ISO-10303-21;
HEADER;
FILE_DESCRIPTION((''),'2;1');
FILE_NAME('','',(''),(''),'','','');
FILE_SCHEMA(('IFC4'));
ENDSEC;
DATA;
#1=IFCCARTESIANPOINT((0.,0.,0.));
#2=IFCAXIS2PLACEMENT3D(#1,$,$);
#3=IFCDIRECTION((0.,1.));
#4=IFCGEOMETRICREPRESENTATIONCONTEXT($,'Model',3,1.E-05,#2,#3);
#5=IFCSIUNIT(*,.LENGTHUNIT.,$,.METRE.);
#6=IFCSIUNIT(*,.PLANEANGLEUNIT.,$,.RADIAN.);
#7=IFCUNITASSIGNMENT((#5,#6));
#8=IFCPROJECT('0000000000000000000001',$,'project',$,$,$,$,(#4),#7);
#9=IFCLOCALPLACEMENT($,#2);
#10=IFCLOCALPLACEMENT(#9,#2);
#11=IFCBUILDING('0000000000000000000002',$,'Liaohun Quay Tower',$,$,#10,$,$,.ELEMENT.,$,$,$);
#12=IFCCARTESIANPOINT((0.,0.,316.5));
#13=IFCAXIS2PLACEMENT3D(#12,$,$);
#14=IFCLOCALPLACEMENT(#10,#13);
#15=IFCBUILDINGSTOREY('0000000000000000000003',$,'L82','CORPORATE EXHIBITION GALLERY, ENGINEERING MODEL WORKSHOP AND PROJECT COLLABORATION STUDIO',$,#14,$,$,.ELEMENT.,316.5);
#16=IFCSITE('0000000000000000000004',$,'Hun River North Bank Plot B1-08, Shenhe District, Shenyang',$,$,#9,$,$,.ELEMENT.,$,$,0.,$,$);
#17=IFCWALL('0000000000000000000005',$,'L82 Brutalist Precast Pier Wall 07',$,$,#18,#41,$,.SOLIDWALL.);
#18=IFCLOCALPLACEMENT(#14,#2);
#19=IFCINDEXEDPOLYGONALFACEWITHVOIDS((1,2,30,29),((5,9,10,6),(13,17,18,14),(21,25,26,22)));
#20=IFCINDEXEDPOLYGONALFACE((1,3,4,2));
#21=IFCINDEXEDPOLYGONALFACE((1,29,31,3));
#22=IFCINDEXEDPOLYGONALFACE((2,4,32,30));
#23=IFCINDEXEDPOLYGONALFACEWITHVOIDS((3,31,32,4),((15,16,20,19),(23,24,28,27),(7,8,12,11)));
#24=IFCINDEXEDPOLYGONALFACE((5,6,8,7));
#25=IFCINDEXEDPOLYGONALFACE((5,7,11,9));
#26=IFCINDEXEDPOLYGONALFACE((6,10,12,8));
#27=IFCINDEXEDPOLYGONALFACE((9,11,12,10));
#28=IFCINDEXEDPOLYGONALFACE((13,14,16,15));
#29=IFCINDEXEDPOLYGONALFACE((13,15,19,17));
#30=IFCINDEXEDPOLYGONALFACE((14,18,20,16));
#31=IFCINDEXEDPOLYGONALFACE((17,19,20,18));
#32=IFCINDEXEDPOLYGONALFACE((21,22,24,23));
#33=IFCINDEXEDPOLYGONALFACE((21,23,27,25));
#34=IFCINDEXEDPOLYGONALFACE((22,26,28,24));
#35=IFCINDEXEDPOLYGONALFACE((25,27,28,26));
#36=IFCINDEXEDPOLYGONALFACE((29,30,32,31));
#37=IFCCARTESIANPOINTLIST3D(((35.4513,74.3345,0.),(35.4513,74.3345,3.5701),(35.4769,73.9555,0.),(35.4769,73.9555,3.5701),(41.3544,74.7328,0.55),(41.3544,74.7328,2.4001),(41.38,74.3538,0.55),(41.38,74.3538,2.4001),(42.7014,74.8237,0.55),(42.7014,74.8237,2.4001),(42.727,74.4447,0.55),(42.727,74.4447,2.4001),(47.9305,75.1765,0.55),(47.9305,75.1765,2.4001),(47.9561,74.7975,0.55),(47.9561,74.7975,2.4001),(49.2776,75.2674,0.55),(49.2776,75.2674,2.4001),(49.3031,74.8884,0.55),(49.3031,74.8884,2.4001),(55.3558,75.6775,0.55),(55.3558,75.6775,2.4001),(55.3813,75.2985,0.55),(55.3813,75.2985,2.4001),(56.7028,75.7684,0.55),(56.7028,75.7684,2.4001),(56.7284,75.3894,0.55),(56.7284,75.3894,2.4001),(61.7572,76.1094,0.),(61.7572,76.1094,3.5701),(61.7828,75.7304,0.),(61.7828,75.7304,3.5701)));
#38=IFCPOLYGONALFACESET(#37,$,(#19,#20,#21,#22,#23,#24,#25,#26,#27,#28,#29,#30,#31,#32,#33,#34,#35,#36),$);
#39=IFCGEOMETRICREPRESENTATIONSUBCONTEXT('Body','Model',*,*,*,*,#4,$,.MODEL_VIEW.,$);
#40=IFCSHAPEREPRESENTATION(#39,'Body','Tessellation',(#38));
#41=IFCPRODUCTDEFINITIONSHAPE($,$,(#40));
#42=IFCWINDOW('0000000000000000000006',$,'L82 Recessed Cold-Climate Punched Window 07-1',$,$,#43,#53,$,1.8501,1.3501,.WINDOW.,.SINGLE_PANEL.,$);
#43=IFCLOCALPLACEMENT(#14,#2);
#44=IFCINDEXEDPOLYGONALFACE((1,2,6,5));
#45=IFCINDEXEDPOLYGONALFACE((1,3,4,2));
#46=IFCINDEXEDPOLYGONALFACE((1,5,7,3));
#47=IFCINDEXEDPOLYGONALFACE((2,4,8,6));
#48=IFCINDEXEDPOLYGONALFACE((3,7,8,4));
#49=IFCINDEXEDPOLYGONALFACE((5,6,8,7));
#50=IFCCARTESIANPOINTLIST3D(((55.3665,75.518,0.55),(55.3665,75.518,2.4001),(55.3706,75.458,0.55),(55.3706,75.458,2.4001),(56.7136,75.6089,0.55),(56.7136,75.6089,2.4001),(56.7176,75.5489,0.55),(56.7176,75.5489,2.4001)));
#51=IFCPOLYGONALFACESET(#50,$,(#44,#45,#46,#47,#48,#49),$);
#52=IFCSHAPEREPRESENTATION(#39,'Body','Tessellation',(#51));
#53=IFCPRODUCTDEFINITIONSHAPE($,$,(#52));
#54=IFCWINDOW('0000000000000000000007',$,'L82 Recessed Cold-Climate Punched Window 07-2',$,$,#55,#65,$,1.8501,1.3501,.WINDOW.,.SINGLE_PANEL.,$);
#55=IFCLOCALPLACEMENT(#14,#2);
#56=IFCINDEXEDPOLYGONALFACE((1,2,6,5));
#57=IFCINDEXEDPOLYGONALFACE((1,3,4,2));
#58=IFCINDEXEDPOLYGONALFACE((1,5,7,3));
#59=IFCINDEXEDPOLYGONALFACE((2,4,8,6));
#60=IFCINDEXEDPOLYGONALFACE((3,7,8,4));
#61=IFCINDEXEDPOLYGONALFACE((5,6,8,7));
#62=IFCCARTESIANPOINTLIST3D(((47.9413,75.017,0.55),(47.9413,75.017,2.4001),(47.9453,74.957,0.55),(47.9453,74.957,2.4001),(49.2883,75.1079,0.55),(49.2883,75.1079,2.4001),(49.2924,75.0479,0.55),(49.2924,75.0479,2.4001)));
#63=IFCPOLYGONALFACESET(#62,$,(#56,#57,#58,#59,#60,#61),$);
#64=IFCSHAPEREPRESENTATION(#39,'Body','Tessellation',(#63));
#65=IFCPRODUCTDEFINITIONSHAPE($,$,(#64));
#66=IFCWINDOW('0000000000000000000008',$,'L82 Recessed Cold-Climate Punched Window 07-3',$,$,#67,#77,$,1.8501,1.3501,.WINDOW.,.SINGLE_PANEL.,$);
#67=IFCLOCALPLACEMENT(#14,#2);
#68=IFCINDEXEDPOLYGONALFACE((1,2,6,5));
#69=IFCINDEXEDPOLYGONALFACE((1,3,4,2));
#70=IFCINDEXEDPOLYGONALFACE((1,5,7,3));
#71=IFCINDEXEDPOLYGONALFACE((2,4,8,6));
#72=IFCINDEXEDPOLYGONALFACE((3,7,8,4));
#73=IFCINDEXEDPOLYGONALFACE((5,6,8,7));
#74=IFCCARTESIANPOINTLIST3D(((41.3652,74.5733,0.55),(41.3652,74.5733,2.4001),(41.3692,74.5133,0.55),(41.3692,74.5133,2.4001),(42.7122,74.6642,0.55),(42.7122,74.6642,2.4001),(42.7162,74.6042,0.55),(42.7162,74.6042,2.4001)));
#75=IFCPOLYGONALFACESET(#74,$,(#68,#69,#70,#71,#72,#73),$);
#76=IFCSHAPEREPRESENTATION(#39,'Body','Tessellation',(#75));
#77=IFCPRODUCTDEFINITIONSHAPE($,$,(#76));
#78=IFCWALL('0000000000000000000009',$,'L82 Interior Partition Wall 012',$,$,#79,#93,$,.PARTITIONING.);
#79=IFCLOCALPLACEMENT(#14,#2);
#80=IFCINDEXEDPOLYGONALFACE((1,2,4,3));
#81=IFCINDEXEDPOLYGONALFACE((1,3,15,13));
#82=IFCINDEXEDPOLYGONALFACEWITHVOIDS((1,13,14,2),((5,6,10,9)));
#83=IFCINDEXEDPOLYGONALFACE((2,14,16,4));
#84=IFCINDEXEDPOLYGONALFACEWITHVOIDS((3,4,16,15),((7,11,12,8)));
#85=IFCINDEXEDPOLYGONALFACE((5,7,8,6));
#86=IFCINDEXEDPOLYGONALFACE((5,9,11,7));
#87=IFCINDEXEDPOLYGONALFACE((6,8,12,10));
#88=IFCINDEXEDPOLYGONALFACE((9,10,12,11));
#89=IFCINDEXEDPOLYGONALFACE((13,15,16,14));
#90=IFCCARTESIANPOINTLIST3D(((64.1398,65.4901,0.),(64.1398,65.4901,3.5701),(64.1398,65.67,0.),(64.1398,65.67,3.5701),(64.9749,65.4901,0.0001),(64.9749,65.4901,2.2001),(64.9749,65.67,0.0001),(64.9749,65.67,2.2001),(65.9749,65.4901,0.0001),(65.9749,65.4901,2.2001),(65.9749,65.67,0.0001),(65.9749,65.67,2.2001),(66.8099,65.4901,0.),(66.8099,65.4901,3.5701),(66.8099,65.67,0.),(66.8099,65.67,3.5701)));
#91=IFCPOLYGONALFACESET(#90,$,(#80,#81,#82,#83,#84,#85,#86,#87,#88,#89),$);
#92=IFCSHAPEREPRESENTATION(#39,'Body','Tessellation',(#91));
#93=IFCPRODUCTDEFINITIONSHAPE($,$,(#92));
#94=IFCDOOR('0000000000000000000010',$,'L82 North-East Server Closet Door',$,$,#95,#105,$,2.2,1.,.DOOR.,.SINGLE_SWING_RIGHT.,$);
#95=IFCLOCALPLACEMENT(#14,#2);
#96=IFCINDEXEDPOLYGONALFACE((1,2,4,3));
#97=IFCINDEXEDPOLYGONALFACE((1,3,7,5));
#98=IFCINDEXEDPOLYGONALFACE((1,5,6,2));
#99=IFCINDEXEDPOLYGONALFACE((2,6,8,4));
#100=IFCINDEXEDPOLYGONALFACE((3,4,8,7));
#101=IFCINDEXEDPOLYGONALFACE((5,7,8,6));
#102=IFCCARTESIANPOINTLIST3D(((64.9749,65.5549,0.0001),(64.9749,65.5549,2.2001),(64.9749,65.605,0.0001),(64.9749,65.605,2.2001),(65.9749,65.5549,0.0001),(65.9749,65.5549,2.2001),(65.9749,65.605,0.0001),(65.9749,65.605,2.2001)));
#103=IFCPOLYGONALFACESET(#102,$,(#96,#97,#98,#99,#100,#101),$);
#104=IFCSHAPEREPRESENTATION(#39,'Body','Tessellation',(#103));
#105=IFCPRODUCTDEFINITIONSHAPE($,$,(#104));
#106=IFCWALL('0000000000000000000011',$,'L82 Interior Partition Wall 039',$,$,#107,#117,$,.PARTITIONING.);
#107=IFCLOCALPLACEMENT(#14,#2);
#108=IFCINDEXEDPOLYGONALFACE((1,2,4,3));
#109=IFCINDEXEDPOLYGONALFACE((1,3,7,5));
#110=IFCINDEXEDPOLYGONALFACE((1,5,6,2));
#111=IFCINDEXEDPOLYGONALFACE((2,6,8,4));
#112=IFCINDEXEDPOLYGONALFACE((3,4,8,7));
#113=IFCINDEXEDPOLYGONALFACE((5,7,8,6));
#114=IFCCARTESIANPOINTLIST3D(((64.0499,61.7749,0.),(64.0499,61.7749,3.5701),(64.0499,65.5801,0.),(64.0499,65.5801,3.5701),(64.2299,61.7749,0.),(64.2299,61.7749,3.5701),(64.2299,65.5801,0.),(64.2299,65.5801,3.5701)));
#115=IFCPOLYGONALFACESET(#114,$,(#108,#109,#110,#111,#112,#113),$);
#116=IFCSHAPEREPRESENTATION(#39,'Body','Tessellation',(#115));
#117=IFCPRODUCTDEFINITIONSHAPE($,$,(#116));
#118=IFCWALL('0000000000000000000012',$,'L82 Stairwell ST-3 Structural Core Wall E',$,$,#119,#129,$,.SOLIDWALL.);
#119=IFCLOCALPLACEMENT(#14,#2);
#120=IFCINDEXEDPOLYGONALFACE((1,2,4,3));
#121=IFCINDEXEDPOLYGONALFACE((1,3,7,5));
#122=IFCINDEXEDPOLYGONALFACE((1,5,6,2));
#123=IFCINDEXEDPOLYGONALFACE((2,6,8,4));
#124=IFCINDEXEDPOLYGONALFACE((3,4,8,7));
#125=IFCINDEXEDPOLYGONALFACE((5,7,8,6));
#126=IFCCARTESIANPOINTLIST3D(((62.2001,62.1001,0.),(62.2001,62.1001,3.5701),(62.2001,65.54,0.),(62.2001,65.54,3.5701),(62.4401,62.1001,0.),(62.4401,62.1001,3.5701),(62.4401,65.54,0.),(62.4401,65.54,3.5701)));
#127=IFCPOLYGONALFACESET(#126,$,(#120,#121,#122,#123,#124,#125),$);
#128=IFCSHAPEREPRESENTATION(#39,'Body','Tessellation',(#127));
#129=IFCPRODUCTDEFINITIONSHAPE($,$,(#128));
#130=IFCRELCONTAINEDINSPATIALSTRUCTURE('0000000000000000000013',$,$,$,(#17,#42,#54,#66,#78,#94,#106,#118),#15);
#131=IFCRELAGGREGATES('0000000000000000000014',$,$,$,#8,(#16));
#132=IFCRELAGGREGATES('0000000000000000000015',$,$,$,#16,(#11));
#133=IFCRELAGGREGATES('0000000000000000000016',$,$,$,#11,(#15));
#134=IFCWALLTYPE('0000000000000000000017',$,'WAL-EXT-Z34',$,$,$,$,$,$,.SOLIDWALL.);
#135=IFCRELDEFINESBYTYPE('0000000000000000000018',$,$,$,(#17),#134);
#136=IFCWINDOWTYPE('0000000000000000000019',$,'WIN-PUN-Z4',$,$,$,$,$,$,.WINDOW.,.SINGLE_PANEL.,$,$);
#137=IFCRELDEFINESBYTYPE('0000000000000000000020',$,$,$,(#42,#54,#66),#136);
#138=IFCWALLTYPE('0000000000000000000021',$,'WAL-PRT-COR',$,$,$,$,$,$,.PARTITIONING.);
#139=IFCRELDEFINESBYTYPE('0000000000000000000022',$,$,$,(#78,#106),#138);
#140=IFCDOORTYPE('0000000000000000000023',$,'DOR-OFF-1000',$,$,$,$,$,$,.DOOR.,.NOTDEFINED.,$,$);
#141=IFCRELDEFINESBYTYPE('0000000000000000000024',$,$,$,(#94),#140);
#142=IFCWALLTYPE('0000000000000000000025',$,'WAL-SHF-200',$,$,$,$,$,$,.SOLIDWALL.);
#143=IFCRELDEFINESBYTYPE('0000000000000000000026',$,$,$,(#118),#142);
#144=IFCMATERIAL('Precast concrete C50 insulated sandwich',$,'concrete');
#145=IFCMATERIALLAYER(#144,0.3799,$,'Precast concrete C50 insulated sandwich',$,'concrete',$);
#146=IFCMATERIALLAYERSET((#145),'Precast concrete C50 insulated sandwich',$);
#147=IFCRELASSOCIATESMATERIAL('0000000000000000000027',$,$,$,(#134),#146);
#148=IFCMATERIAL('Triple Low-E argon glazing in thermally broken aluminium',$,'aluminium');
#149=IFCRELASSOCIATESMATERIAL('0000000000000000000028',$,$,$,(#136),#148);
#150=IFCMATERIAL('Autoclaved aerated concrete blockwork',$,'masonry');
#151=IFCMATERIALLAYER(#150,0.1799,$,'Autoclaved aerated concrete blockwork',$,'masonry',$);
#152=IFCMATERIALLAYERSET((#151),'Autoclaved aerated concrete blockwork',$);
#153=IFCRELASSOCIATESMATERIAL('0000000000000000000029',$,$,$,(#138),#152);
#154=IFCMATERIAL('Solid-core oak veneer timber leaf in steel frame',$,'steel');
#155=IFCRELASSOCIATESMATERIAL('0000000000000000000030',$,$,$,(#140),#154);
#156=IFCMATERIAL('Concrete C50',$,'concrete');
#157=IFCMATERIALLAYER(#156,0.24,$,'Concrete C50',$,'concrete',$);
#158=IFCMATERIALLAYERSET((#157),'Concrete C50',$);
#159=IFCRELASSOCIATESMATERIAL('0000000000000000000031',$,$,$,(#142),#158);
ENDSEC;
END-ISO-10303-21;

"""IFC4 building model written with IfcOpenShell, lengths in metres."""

from ifc_helpers import new_model, si_unit, direction, frame, frame_2d, origin, place, context, subcontext, project, spatial, rectangle, extrude, source, transform, mapped, material, layer, layer_set, type_object, element, fill, save


model = new_model("IFC4")

# Units and contexts
model_context = context("Model", 3, precision=1e-05, world=origin(), true_north=direction((0.0, 1.0)))
body_context = subcontext(model_context, "Body", "Model", "MODEL_VIEW")
ifc_project = project(units=[si_unit("LENGTHUNIT", "METRE"), si_unit("PLANEANGLEUNIT", "RADIAN")], contexts=[model_context])

# Site, building, storey
site_placement = place(None, origin())
site = spatial("IfcSite", under=ifc_project, at=site_placement, Name="Hun River North Bank Plot B1-08, Shenhe District, Shenyang", CompositionType="ELEMENT", RefElevation=0.0)
building_placement = place(site_placement, origin())
building = spatial("IfcBuilding", under=site, at=building_placement, Name="Liaohun Quay Tower", CompositionType="ELEMENT")
storey_placement = place(building_placement, frame((0.0, 0.0, 316.5)))
storey = spatial("IfcBuildingStorey", under=building, at=storey_placement, Name="L82", Description="CORPORATE EXHIBITION GALLERY, ENGINEERING MODEL WORKSHOP AND PROJECT COLLABORATION STUDIO", CompositionType="ELEMENT", Elevation=316.5)

# Shared definitions
ifc_material_1 = material(Name="Concrete C50", Category="concrete")

# Wall, openings, windows
ifc_material_2 = material(Name="Precast concrete C50 insulated sandwich", Category="concrete")
ifc_layer_1 = layer(ifc_material_2, 0.3799, Name="Precast concrete C50 insulated sandwich", Category="concrete")
ifc_layer_set_1 = layer_set([ifc_layer_1], Name="Precast concrete C50 insulated sandwich")
wall_type_1 = type_object("IfcWallType", Name="WAL-EXT-Z34", PredefinedType="SOLIDWALL", material=ifc_layer_set_1)
wall_1_placement = place(storey_placement, frame((61.77, 75.9199, 0.0), z_axis=(0.0, 0.0, 1.0), x_axis=(-0.997732, -0.067319, 0.0)))
wall_1 = element("IfcWall", 1, at=wall_1_placement, inside=storey, type_object=wall_type_1, Name="L82 Brutalist Precast Pier Wall 07", PredefinedType="SOLIDWALL", context=body_context, shape_type="SweptSolid", body=[
    extrude(rectangle(XDim=26.3657, YDim=0.3799, at=frame_2d((13.1829, 0.0))), origin(), (0.0, 0.0, 1.0), 3.5701),
])
shared_shape_1 = source(origin(), body_context, "Body", "SweptSolid", [
    extrude(rectangle(XDim=1.3501, YDim=1.8501, at=frame_2d((0.675, 0.925))), frame((0.0, 0.2, 0.0), z_axis=(0.0, -1.0, 0.0), x_axis=(1.0, 0.0, 0.0)), (0.0, 0.0, 1.0), 0.3999),
])
opening_1_placement = place(wall_1_placement, frame((5.0659, 0.0, 0.55)))
opening_1 = element("IfcOpeningElement", 2, at=opening_1_placement, cuts=wall_1, PredefinedType="OPENING", context=body_context, shape_type="MappedRepresentation", body=[
    mapped(shared_shape_1, transform((0.0, 0.0, 0.0), x_axis=(1.0, 0.0, 0.0), y_axis=(0.0, 1.0, 0.0), z_axis=(0.0, 0.0, 1.0), scale=1.0)),
])
opening_2_placement = place(wall_1_placement, frame((12.5081, 0.0, 0.55)))
opening_2 = element("IfcOpeningElement", 3, at=opening_2_placement, cuts=wall_1, PredefinedType="OPENING", context=body_context, shape_type="MappedRepresentation", body=[
    mapped(shared_shape_1, transform((0.0, 0.0, 0.0), x_axis=(1.0, 0.0, 0.0), y_axis=(0.0, 1.0, 0.0), z_axis=(0.0, 0.0, 1.0), scale=1.0)),
])
opening_3_placement = place(wall_1_placement, frame((19.0991, 0.0, 0.55)))
opening_3 = element("IfcOpeningElement", 4, at=opening_3_placement, cuts=wall_1, PredefinedType="OPENING", context=body_context, shape_type="MappedRepresentation", body=[
    mapped(shared_shape_1, transform((0.0, 0.0, 0.0), x_axis=(1.0, 0.0, 0.0), y_axis=(0.0, 1.0, 0.0), z_axis=(0.0, 0.0, 1.0), scale=1.0)),
])
ifc_material_3 = material(Name="Triple Low-E argon glazing in thermally broken aluminium", Category="aluminium")
window_type = type_object("IfcWindowType", Name="WIN-PUN-Z4", PartitioningType="SINGLE_PANEL", PredefinedType="WINDOW", material=ifc_material_3)
shared_shape_2 = source(origin(), body_context, "Body", "SweptSolid", [
    extrude(rectangle(XDim=1.3501, YDim=1.8501, at=frame_2d((0.675, 0.925))), frame((0.0, 0.03, 0.0), z_axis=(0.0, -1.0, 0.0), x_axis=(1.0, 0.0, 0.0)), (0.0, 0.0, 1.0), 0.0601),
])
window_1_placement = place(opening_1_placement, origin())
window_1 = element("IfcWindow", 5, at=window_1_placement, inside=storey, type_object=window_type, Name="L82 Recessed Cold-Climate Punched Window 07-1", OverallHeight=1.8501, OverallWidth=1.3501, PartitioningType="SINGLE_PANEL", PredefinedType="WINDOW", context=body_context, shape_type="MappedRepresentation", body=[
    mapped(shared_shape_2, transform((0.0, 0.0, 0.0), x_axis=(1.0, 0.0, 0.0), y_axis=(0.0, 1.0, 0.0), z_axis=(0.0, 0.0, 1.0), scale=1.0)),
])
fill(opening_1, window_1)
window_2_placement = place(opening_2_placement, origin())
window_2 = element("IfcWindow", 6, at=window_2_placement, inside=storey, type_object=window_type, Name="L82 Recessed Cold-Climate Punched Window 07-2", OverallHeight=1.8501, OverallWidth=1.3501, PartitioningType="SINGLE_PANEL", PredefinedType="WINDOW", context=body_context, shape_type="MappedRepresentation", body=[
    mapped(shared_shape_2, transform((0.0, 0.0, 0.0), x_axis=(1.0, 0.0, 0.0), y_axis=(0.0, 1.0, 0.0), z_axis=(0.0, 0.0, 1.0), scale=1.0)),
])
fill(opening_2, window_2)
window_3_placement = place(opening_3_placement, origin())
window_3 = element("IfcWindow", 7, at=window_3_placement, inside=storey, type_object=window_type, Name="L82 Recessed Cold-Climate Punched Window 07-3", OverallHeight=1.8501, OverallWidth=1.3501, PartitioningType="SINGLE_PANEL", PredefinedType="WINDOW", context=body_context, shape_type="MappedRepresentation", body=[
    mapped(shared_shape_2, transform((0.0, 0.0, 0.0), x_axis=(1.0, 0.0, 0.0), y_axis=(0.0, 1.0, 0.0), z_axis=(0.0, 0.0, 1.0), scale=1.0)),
])
fill(opening_3, window_3)

# Wall, opening, door
ifc_material_4 = material(Name="Autoclaved aerated concrete blockwork", Category="masonry")
ifc_layer_2 = layer(ifc_material_4, 0.1799, Name="Autoclaved aerated concrete blockwork", Category="masonry")
ifc_layer_set_2 = layer_set([ifc_layer_2], Name="Autoclaved aerated concrete blockwork")
wall_type_2 = type_object("IfcWallType", Name="WAL-PRT-COR", PredefinedType="PARTITIONING", material=ifc_layer_set_2)
wall_2_placement = place(storey_placement, frame((64.1399, 65.5801, 0.0), z_axis=(0.0, 0.0, 1.0), x_axis=(1.0, 0.0, 0.0)))
wall_2 = element("IfcWall", 8, at=wall_2_placement, inside=storey, type_object=wall_type_2, Name="L82 Interior Partition Wall 012", PredefinedType="PARTITIONING", context=body_context, shape_type="SweptSolid", body=[
    extrude(rectangle(XDim=2.6702, YDim=0.1799, at=frame_2d((1.335, 0.0))), origin(), (0.0, 0.0, 1.0), 3.5701),
])
shared_shape_3 = source(origin(), body_context, "Body", "SweptSolid", [
    extrude(rectangle(XDim=1.0, YDim=2.2, at=frame_2d((0.5, 1.1001))), frame((0.0, 0.0999, 0.0), z_axis=(0.0, -1.0, 0.0), x_axis=(1.0, 0.0, 0.0)), (0.0, 0.0, 1.0), 0.2),
])
opening_4_placement = place(wall_2_placement, frame((0.835, 0.0, 0.0)))
opening_4 = element("IfcOpeningElement", 9, at=opening_4_placement, cuts=wall_2, PredefinedType="OPENING", context=body_context, shape_type="MappedRepresentation", body=[
    mapped(shared_shape_3, transform((0.0, 0.0, 0.0), x_axis=(1.0, 0.0, 0.0), y_axis=(0.0, 1.0, 0.0), z_axis=(0.0, 0.0, 1.0), scale=1.0)),
])
ifc_material_5 = material(Name="Solid-core oak veneer timber leaf in steel frame", Category="steel")
door_type_1 = type_object("IfcDoorType", Name="DOR-OFF-1000", OperationType="NOTDEFINED", PredefinedType="DOOR", material=ifc_material_5)
shared_shape_4 = source(origin(), body_context, "Body", "SweptSolid", [
    extrude(rectangle(XDim=1.0, YDim=2.2, at=frame_2d((0.5, 1.1001))), frame((0.0, 0.0249, 0.0), z_axis=(0.0, -1.0, 0.0), x_axis=(1.0, 0.0, 0.0)), (0.0, 0.0, 1.0), 0.05),
])
door_1_placement = place(opening_4_placement, origin())
door_1 = element("IfcDoor", 10, at=door_1_placement, inside=storey, type_object=door_type_1, Name="L82 North-East Server Closet Door", OperationType="SINGLE_SWING_RIGHT", OverallHeight=2.2, OverallWidth=1.0, PredefinedType="DOOR", context=body_context, shape_type="MappedRepresentation", body=[
    mapped(shared_shape_4, transform((0.0, 0.0, 0.0), x_axis=(1.0, 0.0, 0.0), y_axis=(0.0, 1.0, 0.0), z_axis=(0.0, 0.0, 1.0), scale=1.0)),
])
fill(opening_4, door_1)

# Walls
wall_3_placement = place(storey_placement, frame((64.1399, 61.7749, 0.0), z_axis=(0.0, 0.0, 1.0), x_axis=(0.0, 1.0, 0.0)))
element("IfcWall", 11, at=wall_3_placement, inside=storey, type_object=wall_type_2, Name="L82 Interior Partition Wall 039", PredefinedType="PARTITIONING", context=body_context, shape_type="SweptSolid", body=[
    extrude(rectangle(XDim=3.8052, YDim=0.1799, at=frame_2d((1.9026, 0.0))), origin(), (0.0, 0.0, 1.0), 3.5701),
])
ifc_layer_3 = layer(ifc_material_1, 0.24, Name="Concrete C50", Category="concrete")
ifc_layer_set_3 = layer_set([ifc_layer_3], Name="Concrete C50")
wall_type_3 = type_object("IfcWallType", Name="WAL-SHF-200", PredefinedType="SOLIDWALL", material=ifc_layer_set_3)
wall_4_placement = place(storey_placement, frame((62.3201, 62.1001, 0.0), z_axis=(0.0, 0.0, 1.0), x_axis=(0.0, 1.0, 0.0)))
element("IfcWall", 12, at=wall_4_placement, inside=storey, type_object=wall_type_3, Name="L82 Stairwell ST-3 Structural Core Wall E", PredefinedType="SOLIDWALL", context=body_context, shape_type="SweptSolid", body=[
    extrude(rectangle(XDim=3.4399, YDim=0.24, at=frame_2d((1.72, 0.0))), origin(), (0.0, 0.0, 1.0), 3.5701),
])

save(model, "model.ifc")
